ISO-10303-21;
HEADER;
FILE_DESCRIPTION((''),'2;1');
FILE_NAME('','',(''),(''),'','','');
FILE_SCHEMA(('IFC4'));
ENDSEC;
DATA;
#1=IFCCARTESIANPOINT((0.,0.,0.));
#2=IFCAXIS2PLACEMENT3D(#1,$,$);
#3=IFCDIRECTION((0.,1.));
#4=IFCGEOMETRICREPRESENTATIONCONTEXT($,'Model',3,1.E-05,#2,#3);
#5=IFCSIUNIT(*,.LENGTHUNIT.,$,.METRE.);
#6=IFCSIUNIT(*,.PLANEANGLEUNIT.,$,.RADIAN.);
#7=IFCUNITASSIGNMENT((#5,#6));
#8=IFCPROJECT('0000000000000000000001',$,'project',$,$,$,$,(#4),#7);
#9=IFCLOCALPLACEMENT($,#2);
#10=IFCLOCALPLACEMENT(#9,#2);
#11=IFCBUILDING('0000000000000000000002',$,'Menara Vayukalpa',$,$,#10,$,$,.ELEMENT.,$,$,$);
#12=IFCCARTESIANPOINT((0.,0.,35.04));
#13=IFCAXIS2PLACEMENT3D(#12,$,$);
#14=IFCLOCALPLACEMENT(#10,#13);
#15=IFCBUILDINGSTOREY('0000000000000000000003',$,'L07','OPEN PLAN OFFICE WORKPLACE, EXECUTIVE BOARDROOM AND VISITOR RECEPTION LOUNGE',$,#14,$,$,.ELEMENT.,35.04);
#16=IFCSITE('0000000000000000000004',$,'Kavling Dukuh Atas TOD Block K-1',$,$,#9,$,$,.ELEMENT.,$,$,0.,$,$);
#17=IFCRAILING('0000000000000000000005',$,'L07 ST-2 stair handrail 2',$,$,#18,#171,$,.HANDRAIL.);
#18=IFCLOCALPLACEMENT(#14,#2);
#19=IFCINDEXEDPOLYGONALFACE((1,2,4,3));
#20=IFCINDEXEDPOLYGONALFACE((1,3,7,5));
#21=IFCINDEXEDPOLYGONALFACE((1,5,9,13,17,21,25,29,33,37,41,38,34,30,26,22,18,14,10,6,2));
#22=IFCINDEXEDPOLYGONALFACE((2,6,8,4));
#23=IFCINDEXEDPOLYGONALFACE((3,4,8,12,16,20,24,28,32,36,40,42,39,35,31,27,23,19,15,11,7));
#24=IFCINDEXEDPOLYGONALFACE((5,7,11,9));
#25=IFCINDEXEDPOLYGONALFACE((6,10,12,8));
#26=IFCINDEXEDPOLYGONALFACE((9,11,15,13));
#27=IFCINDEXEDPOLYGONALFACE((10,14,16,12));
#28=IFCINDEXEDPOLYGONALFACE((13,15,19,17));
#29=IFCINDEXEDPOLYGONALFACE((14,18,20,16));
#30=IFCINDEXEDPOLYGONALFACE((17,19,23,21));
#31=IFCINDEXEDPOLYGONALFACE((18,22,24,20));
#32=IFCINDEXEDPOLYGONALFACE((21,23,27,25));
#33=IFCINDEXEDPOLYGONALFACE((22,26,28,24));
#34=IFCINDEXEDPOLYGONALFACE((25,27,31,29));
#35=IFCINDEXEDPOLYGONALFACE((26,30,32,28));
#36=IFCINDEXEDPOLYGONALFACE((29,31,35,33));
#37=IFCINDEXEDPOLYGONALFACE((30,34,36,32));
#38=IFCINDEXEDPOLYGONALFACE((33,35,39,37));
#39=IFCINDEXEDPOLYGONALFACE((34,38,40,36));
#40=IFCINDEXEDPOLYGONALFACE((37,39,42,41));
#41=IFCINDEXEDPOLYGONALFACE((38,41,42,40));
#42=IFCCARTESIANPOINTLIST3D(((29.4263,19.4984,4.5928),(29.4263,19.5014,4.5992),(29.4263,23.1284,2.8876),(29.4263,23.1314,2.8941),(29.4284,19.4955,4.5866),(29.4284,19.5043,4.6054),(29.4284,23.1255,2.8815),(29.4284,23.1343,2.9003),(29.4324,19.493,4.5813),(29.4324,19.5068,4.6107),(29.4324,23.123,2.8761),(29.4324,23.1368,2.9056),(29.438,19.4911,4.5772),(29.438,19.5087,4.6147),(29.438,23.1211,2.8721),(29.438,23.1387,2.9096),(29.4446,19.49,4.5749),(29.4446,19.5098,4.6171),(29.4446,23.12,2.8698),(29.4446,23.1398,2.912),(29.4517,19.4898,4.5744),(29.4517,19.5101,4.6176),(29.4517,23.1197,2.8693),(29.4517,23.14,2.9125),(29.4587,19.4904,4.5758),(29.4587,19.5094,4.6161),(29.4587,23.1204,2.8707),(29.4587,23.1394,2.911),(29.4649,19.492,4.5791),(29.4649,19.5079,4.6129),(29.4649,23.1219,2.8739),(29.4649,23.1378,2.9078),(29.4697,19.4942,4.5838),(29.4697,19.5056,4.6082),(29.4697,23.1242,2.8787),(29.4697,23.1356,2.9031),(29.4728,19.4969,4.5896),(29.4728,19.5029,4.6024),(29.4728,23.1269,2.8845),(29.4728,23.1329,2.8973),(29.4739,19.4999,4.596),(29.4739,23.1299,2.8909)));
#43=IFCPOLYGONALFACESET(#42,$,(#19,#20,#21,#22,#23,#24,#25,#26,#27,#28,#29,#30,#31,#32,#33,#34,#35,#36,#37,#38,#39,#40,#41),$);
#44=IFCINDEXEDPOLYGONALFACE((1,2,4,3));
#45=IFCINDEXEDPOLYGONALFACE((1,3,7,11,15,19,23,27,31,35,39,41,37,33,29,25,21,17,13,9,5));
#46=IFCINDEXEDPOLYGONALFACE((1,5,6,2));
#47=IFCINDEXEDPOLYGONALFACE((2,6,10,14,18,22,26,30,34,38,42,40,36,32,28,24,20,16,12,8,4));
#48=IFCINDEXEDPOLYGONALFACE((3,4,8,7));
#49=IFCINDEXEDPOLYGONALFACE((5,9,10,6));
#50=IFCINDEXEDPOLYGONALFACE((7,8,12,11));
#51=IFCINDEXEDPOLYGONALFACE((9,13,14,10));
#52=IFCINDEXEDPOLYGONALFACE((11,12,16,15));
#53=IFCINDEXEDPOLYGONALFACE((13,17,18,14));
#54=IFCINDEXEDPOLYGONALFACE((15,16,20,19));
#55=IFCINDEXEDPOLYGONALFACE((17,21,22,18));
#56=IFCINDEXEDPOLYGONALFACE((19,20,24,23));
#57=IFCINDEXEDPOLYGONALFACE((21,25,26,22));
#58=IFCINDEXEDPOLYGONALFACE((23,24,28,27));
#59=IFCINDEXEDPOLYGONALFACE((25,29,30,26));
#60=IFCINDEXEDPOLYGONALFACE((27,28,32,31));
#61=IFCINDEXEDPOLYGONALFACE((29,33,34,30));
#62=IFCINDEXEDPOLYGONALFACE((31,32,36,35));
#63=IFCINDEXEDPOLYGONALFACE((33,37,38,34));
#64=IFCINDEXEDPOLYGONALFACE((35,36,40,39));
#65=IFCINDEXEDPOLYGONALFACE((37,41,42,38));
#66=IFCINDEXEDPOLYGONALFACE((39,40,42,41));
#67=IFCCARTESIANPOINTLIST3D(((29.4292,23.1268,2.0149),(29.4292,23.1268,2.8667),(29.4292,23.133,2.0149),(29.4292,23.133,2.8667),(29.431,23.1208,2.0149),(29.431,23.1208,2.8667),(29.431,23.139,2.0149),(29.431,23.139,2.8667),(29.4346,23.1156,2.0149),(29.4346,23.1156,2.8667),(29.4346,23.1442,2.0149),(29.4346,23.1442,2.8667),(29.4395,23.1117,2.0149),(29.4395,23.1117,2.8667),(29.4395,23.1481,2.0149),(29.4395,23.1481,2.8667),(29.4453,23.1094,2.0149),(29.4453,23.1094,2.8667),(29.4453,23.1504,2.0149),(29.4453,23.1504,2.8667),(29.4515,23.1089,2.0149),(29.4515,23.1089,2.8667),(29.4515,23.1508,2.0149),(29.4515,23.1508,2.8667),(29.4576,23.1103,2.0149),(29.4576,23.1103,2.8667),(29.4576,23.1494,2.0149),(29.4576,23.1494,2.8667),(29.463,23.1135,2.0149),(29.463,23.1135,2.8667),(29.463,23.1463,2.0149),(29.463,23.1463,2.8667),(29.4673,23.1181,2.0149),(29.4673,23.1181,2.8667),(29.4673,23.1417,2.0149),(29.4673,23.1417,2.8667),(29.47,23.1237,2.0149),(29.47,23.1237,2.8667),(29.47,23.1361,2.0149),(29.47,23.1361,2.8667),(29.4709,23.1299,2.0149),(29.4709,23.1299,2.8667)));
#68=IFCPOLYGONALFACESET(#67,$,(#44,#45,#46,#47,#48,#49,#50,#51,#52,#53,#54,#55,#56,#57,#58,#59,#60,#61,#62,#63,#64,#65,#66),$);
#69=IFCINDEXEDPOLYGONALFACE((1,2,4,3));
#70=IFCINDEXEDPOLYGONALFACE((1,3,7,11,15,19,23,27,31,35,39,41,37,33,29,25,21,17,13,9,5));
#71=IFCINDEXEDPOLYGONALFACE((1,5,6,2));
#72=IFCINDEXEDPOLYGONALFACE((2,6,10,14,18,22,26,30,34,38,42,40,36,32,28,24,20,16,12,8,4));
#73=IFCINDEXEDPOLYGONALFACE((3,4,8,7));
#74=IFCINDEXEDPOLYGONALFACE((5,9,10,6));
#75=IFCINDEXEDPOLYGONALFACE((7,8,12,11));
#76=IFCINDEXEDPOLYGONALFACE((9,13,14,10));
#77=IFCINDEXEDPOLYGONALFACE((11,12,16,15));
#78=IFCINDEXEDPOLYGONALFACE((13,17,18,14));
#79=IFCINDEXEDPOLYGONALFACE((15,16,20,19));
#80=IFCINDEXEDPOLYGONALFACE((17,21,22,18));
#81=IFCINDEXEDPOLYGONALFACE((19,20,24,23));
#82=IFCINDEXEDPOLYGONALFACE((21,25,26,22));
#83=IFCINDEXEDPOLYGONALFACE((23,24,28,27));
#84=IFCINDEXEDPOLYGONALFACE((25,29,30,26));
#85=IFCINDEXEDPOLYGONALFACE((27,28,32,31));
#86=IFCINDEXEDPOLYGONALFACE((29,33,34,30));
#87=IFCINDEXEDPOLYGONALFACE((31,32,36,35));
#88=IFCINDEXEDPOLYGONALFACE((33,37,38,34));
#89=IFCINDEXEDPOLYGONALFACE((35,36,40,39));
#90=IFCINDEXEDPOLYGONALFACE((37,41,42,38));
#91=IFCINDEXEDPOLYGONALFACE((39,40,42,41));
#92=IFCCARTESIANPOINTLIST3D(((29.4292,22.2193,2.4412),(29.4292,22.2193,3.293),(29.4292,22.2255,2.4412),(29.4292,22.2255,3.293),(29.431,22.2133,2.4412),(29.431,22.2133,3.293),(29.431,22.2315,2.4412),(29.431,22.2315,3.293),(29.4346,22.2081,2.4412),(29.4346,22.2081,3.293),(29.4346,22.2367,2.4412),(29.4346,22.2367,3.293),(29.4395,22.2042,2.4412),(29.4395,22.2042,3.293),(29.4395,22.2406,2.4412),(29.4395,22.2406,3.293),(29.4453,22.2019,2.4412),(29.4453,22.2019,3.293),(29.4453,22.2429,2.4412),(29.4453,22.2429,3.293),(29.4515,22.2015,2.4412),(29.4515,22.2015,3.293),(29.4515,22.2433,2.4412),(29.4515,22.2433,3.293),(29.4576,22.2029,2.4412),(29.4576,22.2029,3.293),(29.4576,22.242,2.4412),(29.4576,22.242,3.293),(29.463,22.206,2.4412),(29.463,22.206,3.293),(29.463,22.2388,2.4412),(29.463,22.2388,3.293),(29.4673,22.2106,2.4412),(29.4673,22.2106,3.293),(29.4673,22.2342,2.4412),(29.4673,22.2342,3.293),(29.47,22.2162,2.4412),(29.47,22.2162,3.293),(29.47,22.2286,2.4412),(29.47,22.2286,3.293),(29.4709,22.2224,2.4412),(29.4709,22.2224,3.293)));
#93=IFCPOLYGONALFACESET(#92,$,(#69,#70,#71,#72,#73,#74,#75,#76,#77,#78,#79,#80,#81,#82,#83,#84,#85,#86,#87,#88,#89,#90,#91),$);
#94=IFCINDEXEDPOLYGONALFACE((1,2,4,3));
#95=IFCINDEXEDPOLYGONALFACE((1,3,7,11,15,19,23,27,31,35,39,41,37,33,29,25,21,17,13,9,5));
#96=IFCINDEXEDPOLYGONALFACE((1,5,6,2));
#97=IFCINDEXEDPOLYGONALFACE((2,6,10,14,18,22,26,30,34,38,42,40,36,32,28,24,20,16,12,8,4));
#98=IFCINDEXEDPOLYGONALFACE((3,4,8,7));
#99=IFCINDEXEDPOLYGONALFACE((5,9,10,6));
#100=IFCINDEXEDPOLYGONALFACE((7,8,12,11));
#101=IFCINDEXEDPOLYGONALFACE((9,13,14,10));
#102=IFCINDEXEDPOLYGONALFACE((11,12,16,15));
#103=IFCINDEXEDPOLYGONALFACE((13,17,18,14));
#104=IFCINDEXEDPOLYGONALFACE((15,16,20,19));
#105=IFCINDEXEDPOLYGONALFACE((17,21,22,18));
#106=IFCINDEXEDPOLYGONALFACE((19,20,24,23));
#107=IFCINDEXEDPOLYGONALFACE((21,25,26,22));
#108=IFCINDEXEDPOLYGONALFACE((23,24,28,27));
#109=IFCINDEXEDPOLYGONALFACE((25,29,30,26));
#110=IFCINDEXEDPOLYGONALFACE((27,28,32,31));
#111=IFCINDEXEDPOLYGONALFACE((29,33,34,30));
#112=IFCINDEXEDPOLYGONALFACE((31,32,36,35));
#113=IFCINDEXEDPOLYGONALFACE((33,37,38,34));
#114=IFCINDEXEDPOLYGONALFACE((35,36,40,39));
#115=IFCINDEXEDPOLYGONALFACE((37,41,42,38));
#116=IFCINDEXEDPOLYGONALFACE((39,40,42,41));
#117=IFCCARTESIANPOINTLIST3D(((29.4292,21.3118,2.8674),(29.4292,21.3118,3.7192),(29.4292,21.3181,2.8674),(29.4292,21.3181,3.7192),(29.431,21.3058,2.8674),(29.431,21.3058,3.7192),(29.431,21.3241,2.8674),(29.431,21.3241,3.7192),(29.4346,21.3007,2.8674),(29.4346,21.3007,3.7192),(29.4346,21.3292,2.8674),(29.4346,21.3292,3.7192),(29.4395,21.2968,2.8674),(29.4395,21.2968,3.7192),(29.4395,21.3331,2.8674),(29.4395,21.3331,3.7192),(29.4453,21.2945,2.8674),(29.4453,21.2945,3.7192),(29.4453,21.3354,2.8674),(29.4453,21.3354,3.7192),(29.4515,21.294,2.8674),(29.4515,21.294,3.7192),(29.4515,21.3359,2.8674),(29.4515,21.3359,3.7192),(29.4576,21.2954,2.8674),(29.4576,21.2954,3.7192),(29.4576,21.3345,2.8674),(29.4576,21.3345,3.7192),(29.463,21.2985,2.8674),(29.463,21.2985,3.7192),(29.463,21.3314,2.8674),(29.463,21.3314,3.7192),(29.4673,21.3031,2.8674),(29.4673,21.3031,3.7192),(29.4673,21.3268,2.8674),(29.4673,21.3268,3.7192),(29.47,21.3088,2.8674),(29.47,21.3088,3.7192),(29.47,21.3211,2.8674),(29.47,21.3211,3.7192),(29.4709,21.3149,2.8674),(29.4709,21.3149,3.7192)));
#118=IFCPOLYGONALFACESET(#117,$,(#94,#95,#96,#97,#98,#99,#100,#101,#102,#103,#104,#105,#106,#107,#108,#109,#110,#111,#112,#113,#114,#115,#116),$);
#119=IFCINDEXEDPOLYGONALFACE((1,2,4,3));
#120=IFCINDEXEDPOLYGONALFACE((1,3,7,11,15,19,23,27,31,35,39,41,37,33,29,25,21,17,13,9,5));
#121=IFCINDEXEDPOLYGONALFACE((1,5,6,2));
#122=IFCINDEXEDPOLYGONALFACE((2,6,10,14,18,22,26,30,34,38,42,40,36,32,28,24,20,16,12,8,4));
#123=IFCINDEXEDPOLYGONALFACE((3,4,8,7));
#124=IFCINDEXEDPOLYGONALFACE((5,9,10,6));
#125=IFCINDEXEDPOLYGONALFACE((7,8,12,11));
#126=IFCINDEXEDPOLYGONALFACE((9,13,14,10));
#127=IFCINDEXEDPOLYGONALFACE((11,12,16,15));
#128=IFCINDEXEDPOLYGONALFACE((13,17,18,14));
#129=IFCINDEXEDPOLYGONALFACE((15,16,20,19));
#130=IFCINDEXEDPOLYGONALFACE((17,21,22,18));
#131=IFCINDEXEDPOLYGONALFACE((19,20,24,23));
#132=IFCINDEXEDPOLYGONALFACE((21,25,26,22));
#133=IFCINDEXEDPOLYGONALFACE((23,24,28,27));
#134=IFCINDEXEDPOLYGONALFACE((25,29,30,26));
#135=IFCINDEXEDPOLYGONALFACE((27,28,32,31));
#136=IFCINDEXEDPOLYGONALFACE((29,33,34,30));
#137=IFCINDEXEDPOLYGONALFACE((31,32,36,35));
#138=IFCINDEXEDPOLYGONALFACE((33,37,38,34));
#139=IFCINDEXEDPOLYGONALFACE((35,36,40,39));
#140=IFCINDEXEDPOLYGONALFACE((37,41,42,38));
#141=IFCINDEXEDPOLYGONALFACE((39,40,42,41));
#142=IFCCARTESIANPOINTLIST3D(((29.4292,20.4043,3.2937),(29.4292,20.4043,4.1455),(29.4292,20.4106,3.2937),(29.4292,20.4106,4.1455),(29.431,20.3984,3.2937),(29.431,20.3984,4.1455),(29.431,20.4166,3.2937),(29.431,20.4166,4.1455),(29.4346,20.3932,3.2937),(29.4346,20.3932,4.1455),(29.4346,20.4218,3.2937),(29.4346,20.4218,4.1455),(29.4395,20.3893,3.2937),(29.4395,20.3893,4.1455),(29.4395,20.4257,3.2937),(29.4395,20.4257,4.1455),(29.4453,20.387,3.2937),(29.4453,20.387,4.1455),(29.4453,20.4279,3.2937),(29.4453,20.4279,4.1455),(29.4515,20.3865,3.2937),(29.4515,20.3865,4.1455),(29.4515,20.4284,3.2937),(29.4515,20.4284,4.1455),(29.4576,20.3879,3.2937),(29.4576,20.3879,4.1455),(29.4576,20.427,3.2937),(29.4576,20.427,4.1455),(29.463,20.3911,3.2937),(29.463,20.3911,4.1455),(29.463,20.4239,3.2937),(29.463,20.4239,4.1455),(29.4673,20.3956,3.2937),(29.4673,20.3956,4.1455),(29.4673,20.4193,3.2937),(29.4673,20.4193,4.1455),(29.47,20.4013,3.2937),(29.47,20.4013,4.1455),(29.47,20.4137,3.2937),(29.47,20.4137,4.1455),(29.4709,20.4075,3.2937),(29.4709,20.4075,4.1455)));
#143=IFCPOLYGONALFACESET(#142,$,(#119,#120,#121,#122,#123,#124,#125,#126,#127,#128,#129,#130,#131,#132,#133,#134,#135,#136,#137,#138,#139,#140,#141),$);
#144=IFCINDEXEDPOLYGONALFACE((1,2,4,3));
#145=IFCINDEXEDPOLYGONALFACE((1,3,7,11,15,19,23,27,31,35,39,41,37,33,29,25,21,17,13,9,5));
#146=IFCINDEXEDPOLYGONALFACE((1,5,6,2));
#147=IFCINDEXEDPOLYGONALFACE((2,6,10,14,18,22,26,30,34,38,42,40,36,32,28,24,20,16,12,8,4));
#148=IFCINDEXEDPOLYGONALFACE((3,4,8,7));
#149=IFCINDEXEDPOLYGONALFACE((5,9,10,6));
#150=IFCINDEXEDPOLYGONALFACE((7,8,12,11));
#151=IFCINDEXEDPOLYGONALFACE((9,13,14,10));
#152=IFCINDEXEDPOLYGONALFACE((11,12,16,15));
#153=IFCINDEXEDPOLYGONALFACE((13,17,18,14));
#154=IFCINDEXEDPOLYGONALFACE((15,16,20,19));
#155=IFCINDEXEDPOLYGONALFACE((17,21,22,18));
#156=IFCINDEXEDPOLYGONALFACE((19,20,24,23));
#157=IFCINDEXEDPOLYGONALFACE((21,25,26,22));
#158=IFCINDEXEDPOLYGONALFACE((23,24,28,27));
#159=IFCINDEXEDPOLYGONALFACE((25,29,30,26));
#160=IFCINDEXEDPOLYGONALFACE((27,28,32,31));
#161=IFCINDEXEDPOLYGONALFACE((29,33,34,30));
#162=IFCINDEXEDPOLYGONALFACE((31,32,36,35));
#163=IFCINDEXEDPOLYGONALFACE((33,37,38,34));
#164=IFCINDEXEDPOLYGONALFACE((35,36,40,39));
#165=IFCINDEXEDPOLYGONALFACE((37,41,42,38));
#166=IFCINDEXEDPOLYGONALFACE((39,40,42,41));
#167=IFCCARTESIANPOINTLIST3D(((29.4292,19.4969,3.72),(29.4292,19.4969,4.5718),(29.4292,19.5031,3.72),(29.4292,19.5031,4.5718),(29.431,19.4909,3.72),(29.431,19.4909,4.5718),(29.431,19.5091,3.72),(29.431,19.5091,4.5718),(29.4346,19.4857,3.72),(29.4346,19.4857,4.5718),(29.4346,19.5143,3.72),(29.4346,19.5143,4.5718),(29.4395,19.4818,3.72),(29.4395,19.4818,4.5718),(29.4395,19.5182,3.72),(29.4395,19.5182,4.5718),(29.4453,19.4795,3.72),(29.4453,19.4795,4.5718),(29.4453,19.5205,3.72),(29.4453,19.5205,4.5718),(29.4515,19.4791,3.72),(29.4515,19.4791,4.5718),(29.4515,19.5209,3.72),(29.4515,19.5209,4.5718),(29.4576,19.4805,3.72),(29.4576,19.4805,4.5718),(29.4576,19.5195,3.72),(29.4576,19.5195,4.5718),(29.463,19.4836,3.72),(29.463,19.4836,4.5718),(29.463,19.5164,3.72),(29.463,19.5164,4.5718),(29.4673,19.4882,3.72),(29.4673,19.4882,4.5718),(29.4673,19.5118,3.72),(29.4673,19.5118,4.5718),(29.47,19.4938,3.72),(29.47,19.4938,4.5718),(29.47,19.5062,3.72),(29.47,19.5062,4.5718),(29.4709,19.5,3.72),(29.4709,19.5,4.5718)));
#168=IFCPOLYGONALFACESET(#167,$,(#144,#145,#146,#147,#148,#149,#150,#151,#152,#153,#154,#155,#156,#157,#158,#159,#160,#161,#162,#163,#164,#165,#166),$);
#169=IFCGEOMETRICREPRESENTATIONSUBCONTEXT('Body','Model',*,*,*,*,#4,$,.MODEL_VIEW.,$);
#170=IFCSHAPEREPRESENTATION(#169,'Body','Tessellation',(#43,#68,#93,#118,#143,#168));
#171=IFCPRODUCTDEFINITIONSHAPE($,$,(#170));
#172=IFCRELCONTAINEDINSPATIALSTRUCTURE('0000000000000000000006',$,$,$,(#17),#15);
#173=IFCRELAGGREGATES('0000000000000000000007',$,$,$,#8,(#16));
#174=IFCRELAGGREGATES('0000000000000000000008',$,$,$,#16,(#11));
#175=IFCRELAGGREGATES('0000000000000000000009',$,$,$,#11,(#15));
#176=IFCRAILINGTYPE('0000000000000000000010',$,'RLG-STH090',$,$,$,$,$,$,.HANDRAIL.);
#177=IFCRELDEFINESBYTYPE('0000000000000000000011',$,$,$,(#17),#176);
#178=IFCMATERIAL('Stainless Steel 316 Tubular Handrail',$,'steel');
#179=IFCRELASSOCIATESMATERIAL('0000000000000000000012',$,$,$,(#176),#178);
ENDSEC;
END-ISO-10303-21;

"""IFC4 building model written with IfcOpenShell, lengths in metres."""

from ifc_helpers import new_model, si_unit, direction, frame, origin, origin_2d, place, context, subcontext, project, spatial, circle, extrude, material, type_object, element, save


model = new_model("IFC4")

# Units and contexts
model_context = context("Model", 3, precision=1e-05, world=origin(), true_north=direction((0.0, 1.0)))
body_context = subcontext(model_context, "Body", "Model", "MODEL_VIEW")
ifc_project = project(units=[si_unit("LENGTHUNIT", "METRE"), si_unit("PLANEANGLEUNIT", "RADIAN")], contexts=[model_context])

# Site, building, storey
site_placement = place(None, origin())
site = spatial("IfcSite", under=ifc_project, at=site_placement, Name="Kavling Dukuh Atas TOD Block K-1", CompositionType="ELEMENT", RefElevation=0.0)
building_placement = place(site_placement, origin())
building = spatial("IfcBuilding", under=site, at=building_placement, Name="Menara Vayukalpa", CompositionType="ELEMENT")
storey_placement = place(building_placement, frame((0.0, 0.0, 35.04)))
storey = spatial("IfcBuildingStorey", under=building, at=storey_placement, Name="L07", Description="OPEN PLAN OFFICE WORKPLACE, EXECUTIVE BOARDROOM AND VISITOR RECEPTION LOUNGE", CompositionType="ELEMENT", Elevation=35.04)

# Railing
ifc_material_1 = material(Name="Stainless Steel 316 Tubular Handrail", Category="steel")
railing_type_1 = type_object("IfcRailingType", Name="RLG-STH090", PredefinedType="HANDRAIL", material=ifc_material_1)
railing_1_placement = place(storey_placement, frame((29.45, 23.1299, 2.0149)))
element("IfcRailing", 1, at=railing_1_placement, inside=storey, type_object=railing_type_1, Name="L07 ST-2 stair handrail 2", PredefinedType="HANDRAIL", context=body_context, shape_type="SweptSolid", body=[
    extrude(circle(Radius=0.0239, at=origin_2d()), frame((0.0, 0.0, 0.876), z_axis=(0.0, -0.905116, 0.425164), x_axis=(1.0, 0.0, 0.0)), (0.0, 0.0, 1.0), 4.0105),
    extrude(circle(Radius=0.021, at=origin_2d()), origin(), (0.0, 0.0, 1.0), 0.8518),
    extrude(circle(Radius=0.021, at=origin_2d()), frame((0.0, -0.9075, 0.4263)), (0.0, 0.0, 1.0), 0.8518),
    extrude(circle(Radius=0.021, at=origin_2d()), frame((0.0, -1.8149, 0.8525)), (0.0, 0.0, 1.0), 0.8518),
    extrude(circle(Radius=0.021, at=origin_2d()), frame((0.0, -2.7224, 1.2788)), (0.0, 0.0, 1.0), 0.8518),
    extrude(circle(Radius=0.021, at=origin_2d()), frame((0.0, -3.6299, 1.7051)), (0.0, 0.0, 1.0), 0.8518),
])

save(model, "model.ifc")
